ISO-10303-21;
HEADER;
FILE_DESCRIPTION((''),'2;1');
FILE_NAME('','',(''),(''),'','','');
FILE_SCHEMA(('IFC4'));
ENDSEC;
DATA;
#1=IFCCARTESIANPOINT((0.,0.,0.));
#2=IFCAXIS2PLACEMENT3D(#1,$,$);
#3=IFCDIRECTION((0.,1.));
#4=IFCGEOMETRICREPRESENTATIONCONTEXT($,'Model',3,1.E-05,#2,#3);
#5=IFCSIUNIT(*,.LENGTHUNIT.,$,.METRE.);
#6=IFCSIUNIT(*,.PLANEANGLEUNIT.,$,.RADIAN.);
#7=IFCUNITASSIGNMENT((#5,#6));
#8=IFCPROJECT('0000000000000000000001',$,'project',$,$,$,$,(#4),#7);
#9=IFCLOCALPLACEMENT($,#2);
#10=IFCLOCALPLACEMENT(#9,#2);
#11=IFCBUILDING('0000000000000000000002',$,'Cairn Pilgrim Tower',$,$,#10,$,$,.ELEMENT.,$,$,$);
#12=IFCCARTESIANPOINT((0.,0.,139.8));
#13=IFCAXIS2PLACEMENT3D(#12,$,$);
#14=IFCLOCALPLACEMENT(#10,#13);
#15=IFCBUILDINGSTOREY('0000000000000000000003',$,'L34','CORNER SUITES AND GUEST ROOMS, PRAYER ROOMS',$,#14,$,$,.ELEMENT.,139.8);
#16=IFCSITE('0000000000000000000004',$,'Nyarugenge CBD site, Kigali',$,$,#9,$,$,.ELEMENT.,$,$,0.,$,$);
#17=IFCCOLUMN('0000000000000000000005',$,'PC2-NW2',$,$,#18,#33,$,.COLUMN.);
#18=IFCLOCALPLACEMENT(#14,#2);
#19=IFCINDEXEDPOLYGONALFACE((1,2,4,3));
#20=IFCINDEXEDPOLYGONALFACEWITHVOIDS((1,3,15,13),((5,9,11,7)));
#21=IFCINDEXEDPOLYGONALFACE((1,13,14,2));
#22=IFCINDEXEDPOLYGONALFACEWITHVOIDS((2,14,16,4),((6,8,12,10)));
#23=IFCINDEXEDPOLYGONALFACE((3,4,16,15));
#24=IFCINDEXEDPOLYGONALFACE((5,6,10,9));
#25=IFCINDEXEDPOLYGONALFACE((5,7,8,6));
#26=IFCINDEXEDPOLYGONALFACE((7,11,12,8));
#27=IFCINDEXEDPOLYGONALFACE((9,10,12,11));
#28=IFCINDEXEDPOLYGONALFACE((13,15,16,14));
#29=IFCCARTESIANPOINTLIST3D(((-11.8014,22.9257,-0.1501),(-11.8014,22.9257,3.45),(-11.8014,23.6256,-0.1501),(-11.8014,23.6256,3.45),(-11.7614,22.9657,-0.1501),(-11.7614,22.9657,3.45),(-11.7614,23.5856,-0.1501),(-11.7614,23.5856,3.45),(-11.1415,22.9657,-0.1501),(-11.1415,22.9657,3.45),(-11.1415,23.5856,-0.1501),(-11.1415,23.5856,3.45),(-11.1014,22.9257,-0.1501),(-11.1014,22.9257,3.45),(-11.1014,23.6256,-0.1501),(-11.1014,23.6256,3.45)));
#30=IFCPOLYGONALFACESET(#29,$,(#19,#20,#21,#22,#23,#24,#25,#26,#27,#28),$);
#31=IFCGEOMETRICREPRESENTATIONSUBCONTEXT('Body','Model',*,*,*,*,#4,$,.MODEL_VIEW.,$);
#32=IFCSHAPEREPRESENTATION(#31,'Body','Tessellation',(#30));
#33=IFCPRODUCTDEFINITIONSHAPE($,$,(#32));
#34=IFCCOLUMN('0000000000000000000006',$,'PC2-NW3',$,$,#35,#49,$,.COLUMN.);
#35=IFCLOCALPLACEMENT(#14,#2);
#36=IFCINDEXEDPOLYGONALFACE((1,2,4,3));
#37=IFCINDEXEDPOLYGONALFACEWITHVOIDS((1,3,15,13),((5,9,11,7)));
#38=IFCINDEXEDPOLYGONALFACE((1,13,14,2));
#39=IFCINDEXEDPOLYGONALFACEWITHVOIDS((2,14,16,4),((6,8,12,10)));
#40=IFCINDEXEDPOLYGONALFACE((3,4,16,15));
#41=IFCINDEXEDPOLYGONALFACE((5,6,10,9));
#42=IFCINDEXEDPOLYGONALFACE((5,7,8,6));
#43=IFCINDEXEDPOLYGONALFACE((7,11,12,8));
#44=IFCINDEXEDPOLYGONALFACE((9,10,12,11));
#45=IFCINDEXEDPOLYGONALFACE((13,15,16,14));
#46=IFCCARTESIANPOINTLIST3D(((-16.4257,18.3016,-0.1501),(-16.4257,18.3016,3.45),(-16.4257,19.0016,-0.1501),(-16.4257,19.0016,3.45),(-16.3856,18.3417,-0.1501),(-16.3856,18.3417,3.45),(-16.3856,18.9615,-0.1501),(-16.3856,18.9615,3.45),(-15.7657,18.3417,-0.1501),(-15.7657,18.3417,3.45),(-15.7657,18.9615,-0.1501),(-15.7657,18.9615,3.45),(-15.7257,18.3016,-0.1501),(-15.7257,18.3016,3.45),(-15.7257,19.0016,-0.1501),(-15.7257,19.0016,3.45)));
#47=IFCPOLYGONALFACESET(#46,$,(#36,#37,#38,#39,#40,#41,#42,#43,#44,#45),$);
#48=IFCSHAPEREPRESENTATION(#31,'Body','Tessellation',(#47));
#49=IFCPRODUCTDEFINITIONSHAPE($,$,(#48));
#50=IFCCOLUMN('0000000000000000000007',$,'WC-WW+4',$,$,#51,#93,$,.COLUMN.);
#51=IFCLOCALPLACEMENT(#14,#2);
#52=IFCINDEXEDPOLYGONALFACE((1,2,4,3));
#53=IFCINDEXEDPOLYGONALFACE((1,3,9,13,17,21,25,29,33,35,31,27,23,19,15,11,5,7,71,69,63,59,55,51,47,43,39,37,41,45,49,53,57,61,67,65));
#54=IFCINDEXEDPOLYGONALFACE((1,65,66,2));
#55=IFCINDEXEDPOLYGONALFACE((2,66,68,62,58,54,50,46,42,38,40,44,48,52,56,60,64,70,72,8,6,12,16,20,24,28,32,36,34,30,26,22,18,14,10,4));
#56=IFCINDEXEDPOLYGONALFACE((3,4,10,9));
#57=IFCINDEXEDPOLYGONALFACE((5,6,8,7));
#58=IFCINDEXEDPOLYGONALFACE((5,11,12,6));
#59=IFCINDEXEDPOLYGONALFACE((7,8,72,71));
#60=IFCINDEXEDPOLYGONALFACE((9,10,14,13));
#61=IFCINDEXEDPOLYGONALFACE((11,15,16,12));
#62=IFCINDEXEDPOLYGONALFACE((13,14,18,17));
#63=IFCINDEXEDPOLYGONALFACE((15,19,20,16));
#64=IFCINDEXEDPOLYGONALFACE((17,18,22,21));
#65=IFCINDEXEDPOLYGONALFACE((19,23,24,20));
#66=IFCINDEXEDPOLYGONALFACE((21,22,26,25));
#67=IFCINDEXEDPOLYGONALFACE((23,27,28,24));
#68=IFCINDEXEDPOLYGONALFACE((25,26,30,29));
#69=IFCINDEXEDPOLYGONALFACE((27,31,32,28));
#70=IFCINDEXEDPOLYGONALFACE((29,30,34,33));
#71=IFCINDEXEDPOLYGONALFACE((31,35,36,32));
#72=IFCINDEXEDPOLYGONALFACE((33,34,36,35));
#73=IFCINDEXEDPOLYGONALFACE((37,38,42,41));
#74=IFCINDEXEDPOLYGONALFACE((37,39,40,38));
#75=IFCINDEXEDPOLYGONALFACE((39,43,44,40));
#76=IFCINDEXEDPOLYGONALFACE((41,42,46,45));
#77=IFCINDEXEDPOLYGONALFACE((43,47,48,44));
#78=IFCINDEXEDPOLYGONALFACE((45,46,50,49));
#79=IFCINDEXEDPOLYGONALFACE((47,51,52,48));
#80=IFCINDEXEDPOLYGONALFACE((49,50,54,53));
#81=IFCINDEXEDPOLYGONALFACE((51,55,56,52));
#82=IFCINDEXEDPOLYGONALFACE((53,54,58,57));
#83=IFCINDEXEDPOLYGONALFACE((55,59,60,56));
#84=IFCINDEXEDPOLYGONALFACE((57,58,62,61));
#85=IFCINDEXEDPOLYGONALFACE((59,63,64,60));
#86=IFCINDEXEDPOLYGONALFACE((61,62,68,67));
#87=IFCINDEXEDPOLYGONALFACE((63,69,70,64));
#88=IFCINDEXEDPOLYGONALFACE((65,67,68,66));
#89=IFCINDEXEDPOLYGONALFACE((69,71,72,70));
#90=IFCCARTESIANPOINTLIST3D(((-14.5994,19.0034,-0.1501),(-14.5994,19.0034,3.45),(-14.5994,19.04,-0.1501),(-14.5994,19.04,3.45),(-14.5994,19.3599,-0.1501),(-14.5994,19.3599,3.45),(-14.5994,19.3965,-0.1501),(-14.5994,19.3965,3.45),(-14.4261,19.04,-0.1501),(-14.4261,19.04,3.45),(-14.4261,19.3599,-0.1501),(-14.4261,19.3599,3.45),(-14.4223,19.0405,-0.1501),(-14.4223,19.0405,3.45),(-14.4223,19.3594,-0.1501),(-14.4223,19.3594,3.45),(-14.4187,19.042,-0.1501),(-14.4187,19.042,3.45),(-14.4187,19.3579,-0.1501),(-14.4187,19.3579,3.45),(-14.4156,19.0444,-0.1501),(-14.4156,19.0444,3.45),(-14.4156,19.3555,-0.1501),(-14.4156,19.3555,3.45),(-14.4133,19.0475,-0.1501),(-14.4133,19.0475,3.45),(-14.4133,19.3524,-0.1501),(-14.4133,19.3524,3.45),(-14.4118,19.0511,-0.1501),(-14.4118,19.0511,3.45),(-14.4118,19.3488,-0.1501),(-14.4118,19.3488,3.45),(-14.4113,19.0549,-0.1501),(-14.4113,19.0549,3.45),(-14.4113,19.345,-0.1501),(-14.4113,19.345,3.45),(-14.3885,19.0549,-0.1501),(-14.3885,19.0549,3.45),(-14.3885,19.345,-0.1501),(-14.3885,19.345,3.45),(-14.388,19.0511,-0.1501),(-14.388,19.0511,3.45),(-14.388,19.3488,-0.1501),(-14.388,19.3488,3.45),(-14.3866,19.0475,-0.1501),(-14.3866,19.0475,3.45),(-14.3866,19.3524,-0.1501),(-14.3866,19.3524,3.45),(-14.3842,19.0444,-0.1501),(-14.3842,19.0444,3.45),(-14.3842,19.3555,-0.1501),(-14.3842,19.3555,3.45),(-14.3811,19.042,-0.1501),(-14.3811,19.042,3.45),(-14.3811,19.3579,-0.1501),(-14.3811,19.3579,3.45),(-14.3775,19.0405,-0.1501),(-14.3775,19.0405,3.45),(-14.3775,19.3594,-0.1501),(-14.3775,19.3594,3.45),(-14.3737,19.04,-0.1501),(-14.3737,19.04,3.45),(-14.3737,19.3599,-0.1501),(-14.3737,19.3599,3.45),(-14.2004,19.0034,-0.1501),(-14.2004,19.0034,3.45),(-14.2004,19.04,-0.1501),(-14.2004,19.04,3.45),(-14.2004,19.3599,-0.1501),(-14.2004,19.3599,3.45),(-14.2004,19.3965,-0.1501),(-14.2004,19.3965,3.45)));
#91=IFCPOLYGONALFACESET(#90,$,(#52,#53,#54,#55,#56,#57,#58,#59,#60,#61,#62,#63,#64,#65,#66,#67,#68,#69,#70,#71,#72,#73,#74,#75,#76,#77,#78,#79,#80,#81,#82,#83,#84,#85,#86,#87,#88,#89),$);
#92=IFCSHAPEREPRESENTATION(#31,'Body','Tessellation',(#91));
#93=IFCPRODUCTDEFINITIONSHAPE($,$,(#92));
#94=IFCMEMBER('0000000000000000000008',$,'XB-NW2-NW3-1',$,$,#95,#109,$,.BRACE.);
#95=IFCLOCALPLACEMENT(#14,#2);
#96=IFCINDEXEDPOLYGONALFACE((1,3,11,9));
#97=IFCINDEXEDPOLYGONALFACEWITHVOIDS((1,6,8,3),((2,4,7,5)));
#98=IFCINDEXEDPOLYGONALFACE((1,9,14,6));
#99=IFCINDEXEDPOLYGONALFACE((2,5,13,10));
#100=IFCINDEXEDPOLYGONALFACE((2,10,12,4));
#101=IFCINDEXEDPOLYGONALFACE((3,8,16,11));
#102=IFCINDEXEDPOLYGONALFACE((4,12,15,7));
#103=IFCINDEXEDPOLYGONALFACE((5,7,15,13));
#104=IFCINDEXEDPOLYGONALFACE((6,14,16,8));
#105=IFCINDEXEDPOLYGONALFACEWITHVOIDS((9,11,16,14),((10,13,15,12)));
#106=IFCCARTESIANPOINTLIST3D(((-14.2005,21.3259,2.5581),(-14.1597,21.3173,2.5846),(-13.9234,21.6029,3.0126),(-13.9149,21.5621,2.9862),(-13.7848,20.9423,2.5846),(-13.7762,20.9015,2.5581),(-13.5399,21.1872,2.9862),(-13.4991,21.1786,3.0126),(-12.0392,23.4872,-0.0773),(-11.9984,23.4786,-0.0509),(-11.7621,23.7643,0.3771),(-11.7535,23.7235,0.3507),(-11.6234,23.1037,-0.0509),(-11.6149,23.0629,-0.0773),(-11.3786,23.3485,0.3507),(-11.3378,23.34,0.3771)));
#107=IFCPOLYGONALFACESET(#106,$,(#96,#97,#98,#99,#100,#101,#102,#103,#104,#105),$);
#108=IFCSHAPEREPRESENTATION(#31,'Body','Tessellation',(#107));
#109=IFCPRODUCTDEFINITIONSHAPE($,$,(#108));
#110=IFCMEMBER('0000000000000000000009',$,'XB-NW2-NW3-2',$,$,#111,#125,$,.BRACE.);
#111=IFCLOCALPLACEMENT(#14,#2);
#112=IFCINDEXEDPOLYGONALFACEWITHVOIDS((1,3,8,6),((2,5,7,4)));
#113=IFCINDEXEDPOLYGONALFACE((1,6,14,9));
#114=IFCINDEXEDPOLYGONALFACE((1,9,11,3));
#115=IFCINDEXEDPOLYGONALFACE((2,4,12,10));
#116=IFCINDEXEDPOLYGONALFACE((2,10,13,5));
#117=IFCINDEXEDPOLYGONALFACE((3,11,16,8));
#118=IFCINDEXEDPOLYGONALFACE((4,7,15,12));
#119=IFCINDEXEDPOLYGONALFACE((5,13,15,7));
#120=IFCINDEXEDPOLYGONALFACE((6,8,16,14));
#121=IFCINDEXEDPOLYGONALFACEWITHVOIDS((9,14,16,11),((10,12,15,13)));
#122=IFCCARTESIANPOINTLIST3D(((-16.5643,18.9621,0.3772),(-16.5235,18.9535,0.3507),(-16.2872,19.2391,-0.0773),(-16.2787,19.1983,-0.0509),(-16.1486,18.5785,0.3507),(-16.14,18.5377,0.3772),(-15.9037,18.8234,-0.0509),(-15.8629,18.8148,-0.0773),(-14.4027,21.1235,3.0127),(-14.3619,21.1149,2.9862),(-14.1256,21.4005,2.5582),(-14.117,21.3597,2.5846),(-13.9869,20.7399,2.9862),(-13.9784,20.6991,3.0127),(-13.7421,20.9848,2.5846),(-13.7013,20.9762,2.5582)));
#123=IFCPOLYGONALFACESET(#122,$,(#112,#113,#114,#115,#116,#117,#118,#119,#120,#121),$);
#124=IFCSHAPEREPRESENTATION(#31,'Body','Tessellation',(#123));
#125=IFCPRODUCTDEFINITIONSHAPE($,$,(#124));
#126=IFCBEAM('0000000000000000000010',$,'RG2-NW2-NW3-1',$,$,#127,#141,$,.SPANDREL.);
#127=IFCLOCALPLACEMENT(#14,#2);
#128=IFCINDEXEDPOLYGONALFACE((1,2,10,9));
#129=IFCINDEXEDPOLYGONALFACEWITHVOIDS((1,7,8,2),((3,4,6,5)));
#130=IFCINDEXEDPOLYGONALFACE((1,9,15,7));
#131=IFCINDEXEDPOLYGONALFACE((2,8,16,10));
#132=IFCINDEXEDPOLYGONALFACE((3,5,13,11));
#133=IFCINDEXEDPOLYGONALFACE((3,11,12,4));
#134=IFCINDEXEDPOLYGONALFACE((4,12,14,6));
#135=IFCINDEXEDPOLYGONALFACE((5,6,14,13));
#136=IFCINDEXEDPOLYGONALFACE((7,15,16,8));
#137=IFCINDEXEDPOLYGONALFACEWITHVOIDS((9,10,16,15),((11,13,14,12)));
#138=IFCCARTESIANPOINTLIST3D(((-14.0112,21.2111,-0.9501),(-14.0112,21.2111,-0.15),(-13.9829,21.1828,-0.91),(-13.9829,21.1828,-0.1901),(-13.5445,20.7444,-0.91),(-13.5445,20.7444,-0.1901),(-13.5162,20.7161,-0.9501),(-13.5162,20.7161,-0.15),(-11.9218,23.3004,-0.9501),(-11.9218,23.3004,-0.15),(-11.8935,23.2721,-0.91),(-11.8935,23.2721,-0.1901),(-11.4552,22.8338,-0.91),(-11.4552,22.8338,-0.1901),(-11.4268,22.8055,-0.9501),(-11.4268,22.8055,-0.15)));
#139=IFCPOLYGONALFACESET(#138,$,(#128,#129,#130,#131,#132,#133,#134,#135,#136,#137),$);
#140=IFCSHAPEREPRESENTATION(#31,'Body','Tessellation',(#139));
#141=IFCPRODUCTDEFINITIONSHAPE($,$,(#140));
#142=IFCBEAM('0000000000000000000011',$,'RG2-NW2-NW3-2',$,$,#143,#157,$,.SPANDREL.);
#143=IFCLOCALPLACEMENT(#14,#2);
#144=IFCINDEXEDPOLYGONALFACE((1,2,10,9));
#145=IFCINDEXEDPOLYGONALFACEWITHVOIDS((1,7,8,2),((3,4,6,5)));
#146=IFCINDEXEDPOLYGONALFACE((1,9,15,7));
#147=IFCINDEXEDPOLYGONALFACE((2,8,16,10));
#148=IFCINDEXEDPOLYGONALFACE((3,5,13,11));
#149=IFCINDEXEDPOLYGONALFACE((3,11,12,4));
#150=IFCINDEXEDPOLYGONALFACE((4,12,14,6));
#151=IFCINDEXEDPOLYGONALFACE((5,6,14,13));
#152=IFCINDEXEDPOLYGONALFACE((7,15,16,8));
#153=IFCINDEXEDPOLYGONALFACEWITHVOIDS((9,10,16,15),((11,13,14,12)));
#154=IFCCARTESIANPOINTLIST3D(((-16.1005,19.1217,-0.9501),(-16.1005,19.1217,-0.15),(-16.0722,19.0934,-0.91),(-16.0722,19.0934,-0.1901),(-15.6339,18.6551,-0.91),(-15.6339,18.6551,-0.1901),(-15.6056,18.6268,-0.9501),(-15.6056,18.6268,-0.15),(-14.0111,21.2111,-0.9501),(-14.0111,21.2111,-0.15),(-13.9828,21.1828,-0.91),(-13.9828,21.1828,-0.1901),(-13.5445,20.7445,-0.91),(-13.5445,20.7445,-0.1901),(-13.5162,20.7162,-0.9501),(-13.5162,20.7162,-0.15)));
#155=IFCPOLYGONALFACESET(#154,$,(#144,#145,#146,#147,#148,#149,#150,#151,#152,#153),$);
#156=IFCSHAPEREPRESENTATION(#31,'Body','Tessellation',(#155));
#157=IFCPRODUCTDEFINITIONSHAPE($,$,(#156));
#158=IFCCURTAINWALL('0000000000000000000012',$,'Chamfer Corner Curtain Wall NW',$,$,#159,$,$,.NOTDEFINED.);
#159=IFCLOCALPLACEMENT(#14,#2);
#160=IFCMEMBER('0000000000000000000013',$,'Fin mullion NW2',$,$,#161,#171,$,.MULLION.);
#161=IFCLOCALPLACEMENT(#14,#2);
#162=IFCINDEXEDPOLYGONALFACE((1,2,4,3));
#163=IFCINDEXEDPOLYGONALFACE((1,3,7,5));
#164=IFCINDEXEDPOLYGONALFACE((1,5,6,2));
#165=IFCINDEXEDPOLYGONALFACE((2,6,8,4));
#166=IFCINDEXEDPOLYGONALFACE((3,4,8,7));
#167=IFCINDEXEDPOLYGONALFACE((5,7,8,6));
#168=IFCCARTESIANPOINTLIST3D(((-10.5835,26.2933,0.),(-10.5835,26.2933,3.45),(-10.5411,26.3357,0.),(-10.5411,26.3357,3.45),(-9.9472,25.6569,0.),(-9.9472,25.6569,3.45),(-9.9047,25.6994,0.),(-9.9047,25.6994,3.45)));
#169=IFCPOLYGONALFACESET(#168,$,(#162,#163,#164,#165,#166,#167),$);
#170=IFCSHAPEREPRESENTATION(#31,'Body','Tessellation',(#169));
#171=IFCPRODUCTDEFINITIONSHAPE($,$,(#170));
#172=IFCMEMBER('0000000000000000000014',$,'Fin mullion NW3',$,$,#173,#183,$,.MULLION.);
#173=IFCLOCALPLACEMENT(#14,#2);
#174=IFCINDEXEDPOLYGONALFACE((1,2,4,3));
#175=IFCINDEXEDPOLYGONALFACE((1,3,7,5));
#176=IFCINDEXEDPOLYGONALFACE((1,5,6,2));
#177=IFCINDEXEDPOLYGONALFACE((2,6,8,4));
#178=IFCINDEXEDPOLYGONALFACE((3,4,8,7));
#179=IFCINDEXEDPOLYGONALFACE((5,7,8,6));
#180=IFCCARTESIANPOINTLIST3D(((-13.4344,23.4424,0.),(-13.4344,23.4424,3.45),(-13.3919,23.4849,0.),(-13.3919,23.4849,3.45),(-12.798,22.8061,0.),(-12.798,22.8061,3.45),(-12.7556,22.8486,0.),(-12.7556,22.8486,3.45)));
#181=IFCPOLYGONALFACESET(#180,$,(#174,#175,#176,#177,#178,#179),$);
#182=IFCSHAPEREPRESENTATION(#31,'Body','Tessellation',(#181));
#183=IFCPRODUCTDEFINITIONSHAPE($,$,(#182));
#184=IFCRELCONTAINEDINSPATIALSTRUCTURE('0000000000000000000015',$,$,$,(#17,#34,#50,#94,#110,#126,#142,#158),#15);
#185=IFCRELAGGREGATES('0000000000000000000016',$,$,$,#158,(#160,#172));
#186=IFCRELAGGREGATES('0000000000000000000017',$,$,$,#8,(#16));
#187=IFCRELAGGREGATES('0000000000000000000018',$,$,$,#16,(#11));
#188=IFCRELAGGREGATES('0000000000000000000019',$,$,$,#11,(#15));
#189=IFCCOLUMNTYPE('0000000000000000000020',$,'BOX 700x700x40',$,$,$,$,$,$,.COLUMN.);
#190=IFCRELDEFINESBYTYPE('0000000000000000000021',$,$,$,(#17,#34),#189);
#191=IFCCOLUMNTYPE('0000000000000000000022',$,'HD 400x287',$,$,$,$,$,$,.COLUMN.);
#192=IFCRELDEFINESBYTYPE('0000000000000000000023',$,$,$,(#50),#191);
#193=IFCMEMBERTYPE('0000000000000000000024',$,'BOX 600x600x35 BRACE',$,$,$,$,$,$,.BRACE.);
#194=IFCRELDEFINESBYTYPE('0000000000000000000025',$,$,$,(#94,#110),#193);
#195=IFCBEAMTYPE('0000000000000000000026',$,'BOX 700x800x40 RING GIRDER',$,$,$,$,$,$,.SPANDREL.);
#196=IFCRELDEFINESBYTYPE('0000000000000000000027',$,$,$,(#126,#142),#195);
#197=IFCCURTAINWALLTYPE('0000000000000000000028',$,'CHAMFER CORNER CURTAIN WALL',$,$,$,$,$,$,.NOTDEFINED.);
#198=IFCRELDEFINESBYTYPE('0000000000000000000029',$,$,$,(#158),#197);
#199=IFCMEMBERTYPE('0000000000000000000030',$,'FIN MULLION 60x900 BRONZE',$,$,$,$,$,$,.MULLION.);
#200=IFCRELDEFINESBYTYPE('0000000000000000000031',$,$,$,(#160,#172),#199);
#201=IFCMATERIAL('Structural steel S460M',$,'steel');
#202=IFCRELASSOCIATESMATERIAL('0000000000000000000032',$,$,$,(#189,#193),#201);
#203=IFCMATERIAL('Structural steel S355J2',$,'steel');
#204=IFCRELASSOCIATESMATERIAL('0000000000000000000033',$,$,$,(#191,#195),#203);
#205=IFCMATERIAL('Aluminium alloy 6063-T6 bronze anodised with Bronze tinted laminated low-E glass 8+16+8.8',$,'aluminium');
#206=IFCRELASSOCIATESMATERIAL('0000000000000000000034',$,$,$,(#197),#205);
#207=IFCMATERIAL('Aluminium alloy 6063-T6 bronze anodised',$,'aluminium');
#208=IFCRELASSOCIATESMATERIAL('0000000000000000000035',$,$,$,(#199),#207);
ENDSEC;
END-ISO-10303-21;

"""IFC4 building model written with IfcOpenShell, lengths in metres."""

from ifc_helpers import new_model, si_unit, direction, frame, origin, origin_2d, place, context, subcontext, project, spatial, rectangle, hollow_rectangle, i_section, extrude, material, material_profile, profile_set, type_object, element, aggregate, save


model = new_model("IFC4")

# Units and contexts
model_context = context("Model", 3, precision=1e-05, world=origin(), true_north=direction((0.0, 1.0)))
body_context = subcontext(model_context, "Body", "Model", "MODEL_VIEW")
ifc_project = project(units=[si_unit("LENGTHUNIT", "METRE"), si_unit("PLANEANGLEUNIT", "RADIAN")], contexts=[model_context])

# Site, building, storey
site_placement = place(None, origin())
site = spatial("IfcSite", under=ifc_project, at=site_placement, Name="Nyarugenge CBD site, Kigali", CompositionType="ELEMENT", RefElevation=0.0)
building_placement = place(site_placement, origin())
building = spatial("IfcBuilding", under=site, at=building_placement, Name="Cairn Pilgrim Tower", CompositionType="ELEMENT")
storey_placement = place(building_placement, frame((0.0, 0.0, 139.8)))
storey = spatial("IfcBuildingStorey", under=building, at=storey_placement, Name="L34", Description="CORNER SUITES AND GUEST ROOMS, PRAYER ROOMS", CompositionType="ELEMENT", Elevation=139.8)

# Columns
ifc_material_1 = material(Name="Structural steel S460M", Category="steel")
ifc_material_profile_1 = material_profile(ifc_material_1, hollow_rectangle(XDim=0.7, YDim=0.7, WallThickness=0.04, at=origin_2d()), Name="BOX 700x700x40")
ifc_profile_set_1 = profile_set([ifc_material_profile_1], Name="Structural steel S460M")
column_type_1 = type_object("IfcColumnType", Name="BOX 700x700x40", PredefinedType="COLUMN", material=ifc_profile_set_1)
for number, where, z_axis, x_axis, name in (
    (1, (-11.4514, 23.2756, -0.1501), (0.0, 0.0, 1.0), (1.0, 0.0, 0.0), "PC2-NW2"),
    (2, (-16.0757, 18.6516, -0.1501), (0.0, 0.0, 1.0), (1.0, 0.0, 0.0), "PC2-NW3"),
):
    element("IfcColumn", number, at=place(storey_placement, frame(where, z_axis=z_axis, x_axis=x_axis)), inside=storey, type_object=column_type_1, Name=name, PredefinedType="COLUMN", context=body_context, shape_type="SweptSolid", body=[
        extrude(hollow_rectangle(XDim=0.7, YDim=0.7, WallThickness=0.04, at=origin_2d()), origin(), (0.0, 0.0, 1.0), 3.6001),
    ])
ifc_material_2 = material(Name="Structural steel S355J2", Category="steel")
ifc_material_profile_2 = material_profile(ifc_material_2, i_section(OverallWidth=0.3989, OverallDepth=0.3931, WebThickness=0.0227, FlangeThickness=0.0366, FilletRadius=0.0149, at=origin_2d()), Name="HD 400x287")
ifc_profile_set_2 = profile_set([ifc_material_profile_2], Name="Structural steel S355J2")
column_type_2 = type_object("IfcColumnType", Name="HD 400x287", PredefinedType="COLUMN", material=ifc_profile_set_2)
column_placement = place(storey_placement, frame((-14.3999, 19.2, -0.1501), z_axis=(0.0, 0.0, 1.0), x_axis=(1.0, 0.0, 0.0)))
element("IfcColumn", 3, at=column_placement, inside=storey, type_object=column_type_2, Name="WC-WW+4", PredefinedType="COLUMN", context=body_context, shape_type="SweptSolid", body=[
    extrude(i_section(OverallWidth=0.3989, OverallDepth=0.3931, WebThickness=0.0227, FlangeThickness=0.0366, FilletRadius=0.0149, at=origin_2d()), origin(), (0.0, 0.0, 1.0), 3.6001),
])

# Members
ifc_material_profile_3 = material_profile(ifc_material_1, hollow_rectangle(XDim=0.6001, YDim=0.6001, WallThickness=0.0349, at=origin_2d()), Name="BOX 600x600x35")
ifc_profile_set_3 = profile_set([ifc_material_profile_3], Name="Structural steel S460M")
member_type_1 = type_object("IfcMemberType", Name="BOX 600x600x35 BRACE", PredefinedType="BRACE", material=ifc_profile_set_3)
member_1_placement = place(storey_placement, frame((-11.6885, 23.4136, 0.1499), z_axis=(-0.53553, -0.53553, 0.653004), x_axis=(0.707107, -0.707107, 0.0)))
element("IfcMember", 4, at=member_1_placement, inside=storey, type_object=member_type_1, Name="XB-NW2-NW3-1", PredefinedType="BRACE", context=body_context, shape_type="SweptSolid", body=[
    extrude(hollow_rectangle(XDim=0.6001, YDim=0.6001, WallThickness=0.0349, at=origin_2d()), origin(), (0.0, 0.0, 1.0), 4.0359),
])
member_2_placement = place(storey_placement, frame((-16.2136, 18.8884, 0.1499), z_axis=(0.535573, 0.535513, 0.652983), x_axis=(-0.707067, 0.707147, 0.0)))
element("IfcMember", 5, at=member_2_placement, inside=storey, type_object=member_type_1, Name="XB-NW2-NW3-2", PredefinedType="BRACE", context=body_context, shape_type="SweptSolid", body=[
    extrude(hollow_rectangle(XDim=0.6001, YDim=0.6001, WallThickness=0.0349, at=origin_2d()), origin(), (0.0, 0.0, 1.0), 4.0361),
])

# Beams
ifc_material_profile_4 = material_profile(ifc_material_2, hollow_rectangle(XDim=0.7, YDim=0.8, WallThickness=0.04, at=origin_2d()), Name="BOX 700x800x40")
ifc_profile_set_4 = profile_set([ifc_material_profile_4], Name="Structural steel S355J2")
beam_type_1 = type_object("IfcBeamType", Name="BOX 700x800x40 RING GIRDER", PredefinedType="SPANDREL", material=ifc_profile_set_4)
for number, where, z_axis, x_axis, name in (
    (6, (-11.6743, 23.053, -0.55), (-0.707107, -0.707107, 0.0), (0.707107, -0.707107, 0.0), "RG2-NW2-NW3-1"),
    (7, (-13.7637, 20.9636, -0.55), (-0.707107, -0.707107, 0.0), (0.707107, -0.707107, 0.0), "RG2-NW2-NW3-2"),
):
    element("IfcBeam", number, at=place(storey_placement, frame(where, z_axis=z_axis, x_axis=x_axis)), inside=storey, type_object=beam_type_1, Name=name, PredefinedType="SPANDREL", context=body_context, shape_type="SweptSolid", body=[
        extrude(hollow_rectangle(XDim=0.7, YDim=0.8, WallThickness=0.04, at=origin_2d()), origin(), (0.0, 0.0, 1.0), 2.9548),
    ])

# Curtain wall, members
ifc_material_3 = material(Name="Aluminium alloy 6063-T6 bronze anodised with Bronze tinted laminated low-E glass 8+16+8.8", Category="aluminium")
curtain_wall_type = type_object("IfcCurtainWallType", Name="CHAMFER CORNER CURTAIN WALL", PredefinedType="NOTDEFINED", material=ifc_material_3)
curtain_wall_placement = place(storey_placement, origin())
curtain_wall = element("IfcCurtainWall", 8, at=curtain_wall_placement, inside=storey, type_object=curtain_wall_type, Name="Chamfer Corner Curtain Wall NW", PredefinedType="NOTDEFINED")
ifc_material_4 = material(Name="Aluminium alloy 6063-T6 bronze anodised", Category="aluminium")
ifc_material_profile_5 = material_profile(ifc_material_4, rectangle(XDim=0.8999, YDim=0.0601, at=origin_2d()), Name="FIN MULLION 60x900 BRONZE")
ifc_profile_set_5 = profile_set([ifc_material_profile_5], Name="Aluminium alloy 6063-T6 bronze anodised")
member_type_2 = type_object("IfcMemberType", Name="FIN MULLION 60x900 BRONZE", PredefinedType="MULLION", material=ifc_profile_set_5)
member_3_placement = place(storey_placement, frame((-10.2441, 25.9963, 0.0), z_axis=(0.0, 0.0, 1.0), x_axis=(-0.707107, 0.707107, 0.0)))
member_3 = element("IfcMember", 9, at=member_3_placement, type_object=member_type_2, Name="Fin mullion NW2", PredefinedType="MULLION", context=body_context, shape_type="SweptSolid", body=[
    extrude(rectangle(XDim=0.8999, YDim=0.0601, at=origin_2d()), origin(), (0.0, 0.0, 1.0), 3.45),
])
member_4_placement = place(storey_placement, frame((-13.095, 23.1455, 0.0), z_axis=(0.0, 0.0, 1.0), x_axis=(-0.707107, 0.707107, 0.0)))
member_4 = element("IfcMember", 10, at=member_4_placement, type_object=member_type_2, Name="Fin mullion NW3", PredefinedType="MULLION", context=body_context, shape_type="SweptSolid", body=[
    extrude(rectangle(XDim=0.8999, YDim=0.0601, at=origin_2d()), origin(), (0.0, 0.0, 1.0), 3.45),
])

aggregate(curtain_wall, [member_3, member_4])

save(model, "model.ifc")
